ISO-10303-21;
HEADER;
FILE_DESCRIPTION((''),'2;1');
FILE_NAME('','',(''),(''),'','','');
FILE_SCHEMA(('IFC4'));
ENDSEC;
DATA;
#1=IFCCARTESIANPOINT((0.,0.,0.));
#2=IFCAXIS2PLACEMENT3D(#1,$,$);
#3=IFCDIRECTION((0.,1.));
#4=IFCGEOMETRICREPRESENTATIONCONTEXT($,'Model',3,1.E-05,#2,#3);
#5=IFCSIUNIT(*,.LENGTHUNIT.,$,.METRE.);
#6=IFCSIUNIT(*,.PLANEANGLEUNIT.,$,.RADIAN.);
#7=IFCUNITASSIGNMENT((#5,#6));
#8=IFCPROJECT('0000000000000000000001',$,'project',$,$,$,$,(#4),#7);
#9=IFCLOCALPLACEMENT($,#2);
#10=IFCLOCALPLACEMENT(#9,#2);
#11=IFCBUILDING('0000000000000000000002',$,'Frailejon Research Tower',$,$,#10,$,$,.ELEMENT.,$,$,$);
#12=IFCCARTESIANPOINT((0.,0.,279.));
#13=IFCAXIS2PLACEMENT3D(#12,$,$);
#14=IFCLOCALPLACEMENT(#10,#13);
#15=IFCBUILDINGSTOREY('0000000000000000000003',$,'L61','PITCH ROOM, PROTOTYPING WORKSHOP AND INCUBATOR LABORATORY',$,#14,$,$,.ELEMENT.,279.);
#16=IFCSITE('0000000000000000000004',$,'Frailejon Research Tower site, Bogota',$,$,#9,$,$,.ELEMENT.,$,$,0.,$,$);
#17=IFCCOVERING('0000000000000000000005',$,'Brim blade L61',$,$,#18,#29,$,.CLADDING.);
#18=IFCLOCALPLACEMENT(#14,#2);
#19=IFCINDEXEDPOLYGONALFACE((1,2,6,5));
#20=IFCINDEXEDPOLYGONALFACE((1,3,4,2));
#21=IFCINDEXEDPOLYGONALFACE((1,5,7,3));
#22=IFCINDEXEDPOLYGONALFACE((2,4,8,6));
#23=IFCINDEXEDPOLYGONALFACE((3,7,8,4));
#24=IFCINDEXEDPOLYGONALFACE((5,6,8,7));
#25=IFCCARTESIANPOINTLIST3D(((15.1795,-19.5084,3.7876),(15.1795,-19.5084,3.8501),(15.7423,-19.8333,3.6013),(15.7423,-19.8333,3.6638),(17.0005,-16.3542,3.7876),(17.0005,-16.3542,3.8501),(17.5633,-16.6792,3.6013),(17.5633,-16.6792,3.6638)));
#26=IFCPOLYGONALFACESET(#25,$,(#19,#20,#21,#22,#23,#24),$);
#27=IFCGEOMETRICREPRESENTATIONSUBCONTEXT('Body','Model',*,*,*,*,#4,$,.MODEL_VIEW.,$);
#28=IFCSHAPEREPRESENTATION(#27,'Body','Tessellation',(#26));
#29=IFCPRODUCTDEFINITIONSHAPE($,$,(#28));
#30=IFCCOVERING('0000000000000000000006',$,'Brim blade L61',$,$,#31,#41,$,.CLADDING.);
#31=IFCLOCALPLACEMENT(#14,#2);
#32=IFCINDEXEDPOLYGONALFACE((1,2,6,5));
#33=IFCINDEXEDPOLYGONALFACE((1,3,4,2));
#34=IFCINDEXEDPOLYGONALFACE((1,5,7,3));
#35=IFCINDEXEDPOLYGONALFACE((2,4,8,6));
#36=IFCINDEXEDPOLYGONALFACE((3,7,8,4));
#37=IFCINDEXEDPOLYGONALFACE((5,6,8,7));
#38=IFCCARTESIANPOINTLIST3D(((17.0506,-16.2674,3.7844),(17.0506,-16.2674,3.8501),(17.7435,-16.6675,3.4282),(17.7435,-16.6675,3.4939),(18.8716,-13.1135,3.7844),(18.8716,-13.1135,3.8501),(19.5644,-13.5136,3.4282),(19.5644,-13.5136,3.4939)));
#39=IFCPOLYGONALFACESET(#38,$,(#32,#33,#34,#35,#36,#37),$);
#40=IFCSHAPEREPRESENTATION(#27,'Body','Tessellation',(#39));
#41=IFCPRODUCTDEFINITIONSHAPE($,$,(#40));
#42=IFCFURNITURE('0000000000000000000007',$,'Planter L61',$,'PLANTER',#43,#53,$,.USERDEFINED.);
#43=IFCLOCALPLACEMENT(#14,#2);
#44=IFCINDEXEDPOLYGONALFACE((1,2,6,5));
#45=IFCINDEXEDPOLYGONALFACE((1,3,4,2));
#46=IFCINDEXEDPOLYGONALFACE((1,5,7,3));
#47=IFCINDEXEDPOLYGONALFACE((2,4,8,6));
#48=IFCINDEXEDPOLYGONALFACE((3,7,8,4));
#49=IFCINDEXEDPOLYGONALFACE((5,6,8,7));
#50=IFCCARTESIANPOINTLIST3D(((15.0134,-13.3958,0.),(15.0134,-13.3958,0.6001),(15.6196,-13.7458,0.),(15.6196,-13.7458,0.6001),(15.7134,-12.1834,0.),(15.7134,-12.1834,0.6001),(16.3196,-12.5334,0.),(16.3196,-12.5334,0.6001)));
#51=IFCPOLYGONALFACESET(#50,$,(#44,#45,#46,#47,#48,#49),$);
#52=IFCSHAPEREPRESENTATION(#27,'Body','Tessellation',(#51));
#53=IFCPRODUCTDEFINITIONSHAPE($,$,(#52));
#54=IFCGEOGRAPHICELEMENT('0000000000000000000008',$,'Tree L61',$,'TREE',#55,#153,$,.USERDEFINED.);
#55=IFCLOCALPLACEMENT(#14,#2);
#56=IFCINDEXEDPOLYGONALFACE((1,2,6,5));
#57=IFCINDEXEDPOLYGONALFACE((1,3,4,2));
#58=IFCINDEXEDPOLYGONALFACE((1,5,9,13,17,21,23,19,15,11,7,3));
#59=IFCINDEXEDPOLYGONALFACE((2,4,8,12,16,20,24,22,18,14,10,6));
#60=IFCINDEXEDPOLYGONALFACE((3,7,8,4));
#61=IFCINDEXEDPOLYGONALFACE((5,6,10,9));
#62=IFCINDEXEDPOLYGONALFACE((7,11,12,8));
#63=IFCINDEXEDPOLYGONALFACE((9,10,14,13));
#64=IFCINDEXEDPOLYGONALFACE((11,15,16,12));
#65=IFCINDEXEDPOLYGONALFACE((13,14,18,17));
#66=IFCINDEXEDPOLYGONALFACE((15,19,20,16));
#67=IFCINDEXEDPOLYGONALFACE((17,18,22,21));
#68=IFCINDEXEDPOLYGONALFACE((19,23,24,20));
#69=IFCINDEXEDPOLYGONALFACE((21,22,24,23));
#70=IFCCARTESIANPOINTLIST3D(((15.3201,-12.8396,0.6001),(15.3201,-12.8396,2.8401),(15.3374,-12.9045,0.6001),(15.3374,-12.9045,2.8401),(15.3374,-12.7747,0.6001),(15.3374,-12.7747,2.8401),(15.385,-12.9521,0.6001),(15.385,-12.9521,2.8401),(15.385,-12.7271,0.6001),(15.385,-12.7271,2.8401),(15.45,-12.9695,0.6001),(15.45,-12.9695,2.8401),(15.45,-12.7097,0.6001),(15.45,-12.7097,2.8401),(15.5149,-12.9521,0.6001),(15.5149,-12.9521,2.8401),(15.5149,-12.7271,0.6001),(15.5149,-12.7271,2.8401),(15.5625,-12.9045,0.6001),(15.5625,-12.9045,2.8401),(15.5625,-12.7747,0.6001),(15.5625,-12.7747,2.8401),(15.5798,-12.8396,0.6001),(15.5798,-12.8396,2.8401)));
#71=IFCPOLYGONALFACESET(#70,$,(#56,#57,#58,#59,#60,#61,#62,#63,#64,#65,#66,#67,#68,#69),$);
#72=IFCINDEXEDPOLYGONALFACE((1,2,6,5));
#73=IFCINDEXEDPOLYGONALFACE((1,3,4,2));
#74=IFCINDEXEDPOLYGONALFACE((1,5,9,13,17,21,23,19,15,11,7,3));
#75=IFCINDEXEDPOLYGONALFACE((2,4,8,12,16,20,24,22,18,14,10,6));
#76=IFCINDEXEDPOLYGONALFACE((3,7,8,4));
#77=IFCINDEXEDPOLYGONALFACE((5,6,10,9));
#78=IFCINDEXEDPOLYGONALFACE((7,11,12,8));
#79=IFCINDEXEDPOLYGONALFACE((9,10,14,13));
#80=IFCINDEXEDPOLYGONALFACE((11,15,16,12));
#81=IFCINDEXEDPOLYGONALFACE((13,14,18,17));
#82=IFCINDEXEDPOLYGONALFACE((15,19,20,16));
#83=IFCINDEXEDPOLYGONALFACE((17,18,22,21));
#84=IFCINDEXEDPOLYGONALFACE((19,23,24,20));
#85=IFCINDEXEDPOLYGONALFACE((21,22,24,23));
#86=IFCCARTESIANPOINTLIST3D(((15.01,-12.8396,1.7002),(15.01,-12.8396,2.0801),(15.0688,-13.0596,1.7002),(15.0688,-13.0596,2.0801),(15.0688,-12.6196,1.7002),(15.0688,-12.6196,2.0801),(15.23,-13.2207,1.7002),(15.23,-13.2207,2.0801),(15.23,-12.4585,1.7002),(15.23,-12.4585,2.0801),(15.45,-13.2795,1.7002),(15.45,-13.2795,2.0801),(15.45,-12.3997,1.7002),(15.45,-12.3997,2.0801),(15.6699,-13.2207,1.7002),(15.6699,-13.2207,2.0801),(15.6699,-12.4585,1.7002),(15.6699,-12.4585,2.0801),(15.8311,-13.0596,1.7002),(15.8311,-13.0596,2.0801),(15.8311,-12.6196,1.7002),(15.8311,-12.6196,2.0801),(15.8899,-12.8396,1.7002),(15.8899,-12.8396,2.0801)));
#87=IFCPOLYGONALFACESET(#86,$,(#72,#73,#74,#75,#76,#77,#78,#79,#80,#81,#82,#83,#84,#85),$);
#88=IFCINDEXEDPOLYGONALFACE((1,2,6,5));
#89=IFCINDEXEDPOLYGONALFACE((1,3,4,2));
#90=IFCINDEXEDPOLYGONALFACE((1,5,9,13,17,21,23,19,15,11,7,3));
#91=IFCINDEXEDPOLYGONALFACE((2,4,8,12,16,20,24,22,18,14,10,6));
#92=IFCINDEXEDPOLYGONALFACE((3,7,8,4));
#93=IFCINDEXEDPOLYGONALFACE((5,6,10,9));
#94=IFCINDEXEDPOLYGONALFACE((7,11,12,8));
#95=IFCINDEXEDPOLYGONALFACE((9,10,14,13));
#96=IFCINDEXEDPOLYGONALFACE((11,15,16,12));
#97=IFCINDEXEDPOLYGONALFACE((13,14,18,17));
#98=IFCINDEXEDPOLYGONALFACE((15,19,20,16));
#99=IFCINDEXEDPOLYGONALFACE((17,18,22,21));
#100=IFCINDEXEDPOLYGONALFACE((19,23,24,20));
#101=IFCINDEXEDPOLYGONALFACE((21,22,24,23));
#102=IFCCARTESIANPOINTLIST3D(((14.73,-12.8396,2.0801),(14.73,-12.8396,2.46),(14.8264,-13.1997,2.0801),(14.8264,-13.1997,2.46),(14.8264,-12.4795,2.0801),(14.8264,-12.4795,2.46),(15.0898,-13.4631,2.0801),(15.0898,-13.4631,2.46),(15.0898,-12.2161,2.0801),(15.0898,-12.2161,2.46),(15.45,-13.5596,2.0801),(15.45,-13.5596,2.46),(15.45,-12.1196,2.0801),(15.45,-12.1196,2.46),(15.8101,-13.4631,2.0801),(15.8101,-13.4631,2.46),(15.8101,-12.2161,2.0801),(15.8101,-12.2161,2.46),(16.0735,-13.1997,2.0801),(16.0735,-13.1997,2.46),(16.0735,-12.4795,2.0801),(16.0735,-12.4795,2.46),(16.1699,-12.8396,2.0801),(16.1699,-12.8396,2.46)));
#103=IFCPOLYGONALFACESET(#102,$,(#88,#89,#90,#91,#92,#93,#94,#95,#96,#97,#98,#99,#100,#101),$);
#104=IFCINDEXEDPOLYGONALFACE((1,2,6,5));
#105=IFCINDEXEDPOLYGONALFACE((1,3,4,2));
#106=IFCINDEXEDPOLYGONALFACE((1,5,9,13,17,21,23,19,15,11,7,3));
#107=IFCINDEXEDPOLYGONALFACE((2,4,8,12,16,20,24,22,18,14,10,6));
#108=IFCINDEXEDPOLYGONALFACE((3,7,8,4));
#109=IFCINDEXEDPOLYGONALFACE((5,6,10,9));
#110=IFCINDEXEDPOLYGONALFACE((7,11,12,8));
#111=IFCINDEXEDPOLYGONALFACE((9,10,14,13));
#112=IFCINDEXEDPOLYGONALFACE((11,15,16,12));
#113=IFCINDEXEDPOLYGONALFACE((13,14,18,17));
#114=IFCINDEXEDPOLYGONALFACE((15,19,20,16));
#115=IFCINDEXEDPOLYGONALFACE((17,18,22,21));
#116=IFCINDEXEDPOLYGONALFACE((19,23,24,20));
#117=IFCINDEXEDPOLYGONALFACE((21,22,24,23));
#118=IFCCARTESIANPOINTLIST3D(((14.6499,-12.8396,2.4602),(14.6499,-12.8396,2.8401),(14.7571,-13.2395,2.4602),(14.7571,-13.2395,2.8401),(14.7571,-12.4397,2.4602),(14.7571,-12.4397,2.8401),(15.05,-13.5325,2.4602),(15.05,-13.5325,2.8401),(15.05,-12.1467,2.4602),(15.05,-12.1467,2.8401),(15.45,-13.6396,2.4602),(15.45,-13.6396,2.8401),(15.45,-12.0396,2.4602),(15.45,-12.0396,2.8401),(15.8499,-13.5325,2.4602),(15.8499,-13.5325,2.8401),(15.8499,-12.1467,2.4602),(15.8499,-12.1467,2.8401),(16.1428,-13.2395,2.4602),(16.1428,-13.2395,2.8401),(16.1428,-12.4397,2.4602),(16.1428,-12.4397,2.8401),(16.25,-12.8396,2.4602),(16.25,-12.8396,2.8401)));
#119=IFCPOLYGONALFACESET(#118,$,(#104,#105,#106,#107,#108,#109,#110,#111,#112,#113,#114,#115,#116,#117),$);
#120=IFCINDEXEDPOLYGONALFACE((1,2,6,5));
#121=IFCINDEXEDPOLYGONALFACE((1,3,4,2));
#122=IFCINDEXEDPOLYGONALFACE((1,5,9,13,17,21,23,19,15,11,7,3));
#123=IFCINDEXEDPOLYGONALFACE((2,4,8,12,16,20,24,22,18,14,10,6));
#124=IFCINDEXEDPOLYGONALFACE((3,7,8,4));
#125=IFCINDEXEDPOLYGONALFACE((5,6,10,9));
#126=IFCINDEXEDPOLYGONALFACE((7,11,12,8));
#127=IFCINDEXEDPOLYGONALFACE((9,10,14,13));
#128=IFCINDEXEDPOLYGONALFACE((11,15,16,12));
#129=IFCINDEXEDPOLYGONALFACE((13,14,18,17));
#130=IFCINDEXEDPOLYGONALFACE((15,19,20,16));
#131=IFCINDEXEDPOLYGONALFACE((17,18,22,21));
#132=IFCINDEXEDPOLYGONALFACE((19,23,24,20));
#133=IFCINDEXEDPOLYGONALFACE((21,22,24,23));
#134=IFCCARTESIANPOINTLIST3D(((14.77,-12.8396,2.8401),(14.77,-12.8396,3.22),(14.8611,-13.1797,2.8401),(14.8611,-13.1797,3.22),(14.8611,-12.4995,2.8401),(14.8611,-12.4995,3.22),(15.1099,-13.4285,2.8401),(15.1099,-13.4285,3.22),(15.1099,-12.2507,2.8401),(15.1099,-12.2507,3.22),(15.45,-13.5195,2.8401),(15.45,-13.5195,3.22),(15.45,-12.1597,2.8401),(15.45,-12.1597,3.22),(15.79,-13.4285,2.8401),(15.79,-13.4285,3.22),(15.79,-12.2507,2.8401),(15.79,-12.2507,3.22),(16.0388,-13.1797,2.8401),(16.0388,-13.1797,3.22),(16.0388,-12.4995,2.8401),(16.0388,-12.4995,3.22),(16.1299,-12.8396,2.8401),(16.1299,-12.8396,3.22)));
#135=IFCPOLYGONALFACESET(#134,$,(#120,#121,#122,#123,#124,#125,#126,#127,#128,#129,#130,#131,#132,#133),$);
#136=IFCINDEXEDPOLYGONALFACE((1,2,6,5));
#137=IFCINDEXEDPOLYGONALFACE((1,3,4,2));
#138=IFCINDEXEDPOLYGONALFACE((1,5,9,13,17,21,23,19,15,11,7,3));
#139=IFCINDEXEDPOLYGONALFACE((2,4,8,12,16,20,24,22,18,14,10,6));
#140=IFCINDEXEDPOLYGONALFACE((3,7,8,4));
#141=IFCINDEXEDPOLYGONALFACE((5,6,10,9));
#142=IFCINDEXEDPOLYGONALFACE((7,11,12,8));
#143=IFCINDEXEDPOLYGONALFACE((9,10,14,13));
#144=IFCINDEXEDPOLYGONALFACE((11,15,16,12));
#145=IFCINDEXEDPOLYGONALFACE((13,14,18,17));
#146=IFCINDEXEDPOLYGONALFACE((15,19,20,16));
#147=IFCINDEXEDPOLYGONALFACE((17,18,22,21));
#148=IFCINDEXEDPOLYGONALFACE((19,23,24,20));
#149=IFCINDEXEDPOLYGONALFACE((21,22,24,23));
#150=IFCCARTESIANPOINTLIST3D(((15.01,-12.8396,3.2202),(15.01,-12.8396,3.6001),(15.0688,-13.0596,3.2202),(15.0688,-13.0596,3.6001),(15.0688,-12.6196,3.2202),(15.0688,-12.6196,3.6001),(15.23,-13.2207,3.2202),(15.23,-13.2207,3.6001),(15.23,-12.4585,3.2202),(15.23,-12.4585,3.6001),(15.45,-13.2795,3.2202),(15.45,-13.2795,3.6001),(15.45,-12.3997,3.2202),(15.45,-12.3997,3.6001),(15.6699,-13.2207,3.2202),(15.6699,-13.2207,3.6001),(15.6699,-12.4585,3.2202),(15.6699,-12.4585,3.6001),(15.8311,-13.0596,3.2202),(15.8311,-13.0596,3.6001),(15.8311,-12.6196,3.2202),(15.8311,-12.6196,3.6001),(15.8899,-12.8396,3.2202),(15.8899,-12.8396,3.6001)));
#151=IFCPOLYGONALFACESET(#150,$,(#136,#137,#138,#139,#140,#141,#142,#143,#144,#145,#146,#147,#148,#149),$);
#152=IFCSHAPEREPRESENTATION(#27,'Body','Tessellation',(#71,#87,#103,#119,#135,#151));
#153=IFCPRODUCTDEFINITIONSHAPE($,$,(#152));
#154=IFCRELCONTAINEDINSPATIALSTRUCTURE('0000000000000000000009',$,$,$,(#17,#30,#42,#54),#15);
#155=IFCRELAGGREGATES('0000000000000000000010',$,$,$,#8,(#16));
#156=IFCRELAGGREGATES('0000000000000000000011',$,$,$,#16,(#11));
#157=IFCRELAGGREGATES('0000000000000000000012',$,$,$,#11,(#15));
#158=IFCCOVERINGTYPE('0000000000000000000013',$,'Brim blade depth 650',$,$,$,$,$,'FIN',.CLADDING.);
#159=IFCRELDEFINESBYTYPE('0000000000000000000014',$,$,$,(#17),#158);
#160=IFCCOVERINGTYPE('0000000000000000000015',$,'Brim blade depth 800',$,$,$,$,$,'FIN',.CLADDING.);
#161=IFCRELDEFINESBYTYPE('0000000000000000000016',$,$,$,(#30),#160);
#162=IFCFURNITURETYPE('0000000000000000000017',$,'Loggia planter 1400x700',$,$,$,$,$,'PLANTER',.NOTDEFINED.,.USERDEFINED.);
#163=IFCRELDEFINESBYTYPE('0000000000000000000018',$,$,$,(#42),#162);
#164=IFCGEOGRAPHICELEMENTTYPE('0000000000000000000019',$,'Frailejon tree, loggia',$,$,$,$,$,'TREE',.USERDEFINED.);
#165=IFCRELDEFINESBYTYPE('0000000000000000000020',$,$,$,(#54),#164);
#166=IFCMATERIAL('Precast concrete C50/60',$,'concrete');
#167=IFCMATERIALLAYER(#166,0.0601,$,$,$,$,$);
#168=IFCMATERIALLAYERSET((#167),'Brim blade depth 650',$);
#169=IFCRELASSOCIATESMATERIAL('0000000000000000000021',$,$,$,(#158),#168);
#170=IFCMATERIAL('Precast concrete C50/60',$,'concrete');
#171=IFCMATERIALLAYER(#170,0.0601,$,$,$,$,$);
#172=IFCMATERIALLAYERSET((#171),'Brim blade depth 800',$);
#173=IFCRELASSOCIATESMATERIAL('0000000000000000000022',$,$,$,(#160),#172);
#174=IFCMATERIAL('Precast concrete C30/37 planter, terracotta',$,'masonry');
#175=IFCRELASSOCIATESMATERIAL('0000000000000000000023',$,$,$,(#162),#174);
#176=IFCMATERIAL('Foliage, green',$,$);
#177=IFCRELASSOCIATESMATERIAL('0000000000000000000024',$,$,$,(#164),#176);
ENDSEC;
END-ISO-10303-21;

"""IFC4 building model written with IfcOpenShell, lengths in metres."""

from ifc_helpers import new_model, si_unit, direction, frame, origin, origin_2d, place, context, subcontext, project, spatial, polyline, rectangle, outline, extrude, material, layer, layer_set, type_object, element, save


model = new_model("IFC4")

# Units and contexts
model_context = context("Model", 3, precision=1e-05, world=origin(), true_north=direction((0.0, 1.0)))
body_context = subcontext(model_context, "Body", "Model", "MODEL_VIEW")
ifc_project = project(units=[si_unit("LENGTHUNIT", "METRE"), si_unit("PLANEANGLEUNIT", "RADIAN")], contexts=[model_context])

# Site, building, storey
site_placement = place(None, origin())
site = spatial("IfcSite", under=ifc_project, at=site_placement, Name="Frailejon Research Tower site, Bogota", CompositionType="ELEMENT", RefElevation=0.0)
building_placement = place(site_placement, origin())
building = spatial("IfcBuilding", under=site, at=building_placement, Name="Frailejon Research Tower", CompositionType="ELEMENT")
storey_placement = place(building_placement, frame((0.0, 0.0, 279.0)))
storey = spatial("IfcBuildingStorey", under=building, at=storey_placement, Name="L61", Description="PITCH ROOM, PROTOTYPING WORKSHOP AND INCUBATOR LABORATORY", CompositionType="ELEMENT", Elevation=279.0)

# Coverings
ifc_material_1 = material(Name="Precast concrete C50/60", Category="concrete")
ifc_layer_1 = layer(ifc_material_1, 0.0601)
ifc_layer_set_1 = layer_set([ifc_layer_1], Name="Brim blade depth 650")
covering_type_1 = type_object("IfcCoveringType", Name="Brim blade depth 650", ElementType="FIN", PredefinedType="CLADDING", material=ifc_layer_set_1)
covering_1_placement = place(storey_placement, frame((17.0005, -16.3542, 3.8501), z_axis=(-0.499996, -0.866028, 0.0), x_axis=(0.866028, -0.499996, 0.0)))
element("IfcCovering", 1, at=covering_1_placement, inside=storey, type_object=covering_type_1, Name="Brim blade L61", PredefinedType="CLADDING", context=body_context, shape_type="SweptSolid", body=[
    extrude(outline(polyline([(0.0, -0.0625), (0.6499, -0.2488), (0.6499, -0.1863), (0.0, 0.0), (0.0, -0.0625)])), origin(), (0.0, 0.0, 1.0), 3.6421),
])
ifc_material_2 = material(Name="Precast concrete C50/60", Category="concrete")
ifc_layer_2 = layer(ifc_material_2, 0.0601)
ifc_layer_set_2 = layer_set([ifc_layer_2], Name="Brim blade depth 800")
covering_type_2 = type_object("IfcCoveringType", Name="Brim blade depth 800", ElementType="FIN", PredefinedType="CLADDING", material=ifc_layer_set_2)
covering_2_placement = place(storey_placement, frame((18.8716, -13.1135, 3.8501), z_axis=(-0.500008, -0.866021, 0.0), x_axis=(0.866021, -0.500008, 0.0)))
element("IfcCovering", 2, at=covering_2_placement, inside=storey, type_object=covering_type_2, Name="Brim blade L61", PredefinedType="CLADDING", context=body_context, shape_type="SweptSolid", body=[
    extrude(outline(polyline([(0.0, -0.0657), (0.8, -0.4219), (0.8, -0.3562), (0.0, 0.0), (0.0, -0.0657)])), origin(), (0.0, 0.0, 1.0), 3.6418),
])

# Furniture
ifc_material_3 = material(Name="Precast concrete C30/37 planter, terracotta", Category="masonry")
furniture_type = type_object("IfcFurnitureType", Name="Loggia planter 1400x700", ElementType="PLANTER", AssemblyPlace="NOTDEFINED", PredefinedType="USERDEFINED", material=ifc_material_3)
furniture_placement = place(storey_placement, frame((15.6665, -12.9646, 0.0), z_axis=(0.0, 0.0, 1.0), x_axis=(0.5, 0.866025, 0.0)))
element("IfcFurniture", 3, at=furniture_placement, inside=storey, type_object=furniture_type, Name="Planter L61", ObjectType="PLANTER", PredefinedType="USERDEFINED", context=body_context, shape_type="SweptSolid", body=[
    extrude(rectangle(XDim=1.3999, YDim=0.7, at=origin_2d()), origin(), (0.0, 0.0, 1.0), 0.6001),
])

# Geographic element
ifc_material_4 = material(Name="Foliage, green")
geographic_element_type = type_object("IfcGeographicElementType", Name="Frailejon tree, loggia", ElementType="TREE", PredefinedType="USERDEFINED", material=ifc_material_4)
geographic_element_placement = place(storey_placement, frame((15.45, -12.8396, 0.6001)))
element("IfcGeographicElement", 4, at=geographic_element_placement, inside=storey, type_object=geographic_element_type, Name="Tree L61", ObjectType="TREE", PredefinedType="USERDEFINED", context=body_context, shape_type="SweptSolid", body=[
    extrude(outline(polyline([(0.1299, 0.0), (0.1125, 0.0649), (0.0649, 0.1125), (0.0, 0.1299), (-0.0649, 0.1125), (-0.1125, 0.0649), (-0.1299, 0.0), (-0.1125, -0.0649), (-0.0649, -0.1125), (0.0, -0.1299), (0.0649, -0.1125), (0.1125, -0.0649), (0.1299, 0.0)])), origin(), (0.0, 0.0, 1.0), 2.24),
    extrude(outline(polyline([(0.4399, 0.0), (0.3811, 0.22), (0.22, 0.3811), (0.0, 0.4399), (-0.22, 0.3811), (-0.3811, 0.22), (-0.4399, 0.0), (-0.3811, -0.22), (-0.22, -0.3811), (0.0, -0.4399), (0.22, -0.3811), (0.3811, -0.22), (0.4399, 0.0)])), frame((0.0, 0.0, 1.1001)), (0.0, 0.0, 1.0), 0.3799),
    extrude(outline(polyline([(0.72, 0.0), (0.6235, 0.3601), (0.3601, 0.6235), (0.0, 0.72), (-0.3601, 0.6235), (-0.6235, 0.3601), (-0.72, 0.0), (-0.6235, -0.3601), (-0.3601, -0.6235), (0.0, -0.72), (0.3601, -0.6235), (0.6235, -0.3601), (0.72, 0.0)])), frame((0.0, 0.0, 1.48)), (0.0, 0.0, 1.0), 0.3799),
    extrude(outline(polyline([(0.8, 0.0), (0.6929, 0.3999), (0.3999, 0.6929), (0.0, 0.8), (-0.3999, 0.6929), (-0.6929, 0.3999), (-0.8, 0.0), (-0.6929, -0.3999), (-0.3999, -0.6929), (0.0, -0.8), (0.3999, -0.6929), (0.6929, -0.3999), (0.8, 0.0)])), frame((0.0, 0.0, 1.8601)), (0.0, 0.0, 1.0), 0.3799),
    extrude(outline(polyline([(0.6799, 0.0), (0.5889, 0.3401), (0.3401, 0.5889), (0.0, 0.6799), (-0.3401, 0.5889), (-0.5889, 0.3401), (-0.6799, 0.0), (-0.5889, -0.3401), (-0.3401, -0.5889), (0.0, -0.6799), (0.3401, -0.5889), (0.5889, -0.3401), (0.6799, 0.0)])), frame((0.0, 0.0, 2.24)), (0.0, 0.0, 1.0), 0.3799),
    extrude(outline(polyline([(0.4399, 0.0), (0.3811, 0.22), (0.22, 0.3811), (0.0, 0.4399), (-0.22, 0.3811), (-0.3811, 0.22), (-0.4399, 0.0), (-0.3811, -0.22), (-0.22, -0.3811), (0.0, -0.4399), (0.22, -0.3811), (0.3811, -0.22), (0.4399, 0.0)])), frame((0.0, 0.0, 2.6201)), (0.0, 0.0, 1.0), 0.3799),
])

save(model, "model.ifc")
